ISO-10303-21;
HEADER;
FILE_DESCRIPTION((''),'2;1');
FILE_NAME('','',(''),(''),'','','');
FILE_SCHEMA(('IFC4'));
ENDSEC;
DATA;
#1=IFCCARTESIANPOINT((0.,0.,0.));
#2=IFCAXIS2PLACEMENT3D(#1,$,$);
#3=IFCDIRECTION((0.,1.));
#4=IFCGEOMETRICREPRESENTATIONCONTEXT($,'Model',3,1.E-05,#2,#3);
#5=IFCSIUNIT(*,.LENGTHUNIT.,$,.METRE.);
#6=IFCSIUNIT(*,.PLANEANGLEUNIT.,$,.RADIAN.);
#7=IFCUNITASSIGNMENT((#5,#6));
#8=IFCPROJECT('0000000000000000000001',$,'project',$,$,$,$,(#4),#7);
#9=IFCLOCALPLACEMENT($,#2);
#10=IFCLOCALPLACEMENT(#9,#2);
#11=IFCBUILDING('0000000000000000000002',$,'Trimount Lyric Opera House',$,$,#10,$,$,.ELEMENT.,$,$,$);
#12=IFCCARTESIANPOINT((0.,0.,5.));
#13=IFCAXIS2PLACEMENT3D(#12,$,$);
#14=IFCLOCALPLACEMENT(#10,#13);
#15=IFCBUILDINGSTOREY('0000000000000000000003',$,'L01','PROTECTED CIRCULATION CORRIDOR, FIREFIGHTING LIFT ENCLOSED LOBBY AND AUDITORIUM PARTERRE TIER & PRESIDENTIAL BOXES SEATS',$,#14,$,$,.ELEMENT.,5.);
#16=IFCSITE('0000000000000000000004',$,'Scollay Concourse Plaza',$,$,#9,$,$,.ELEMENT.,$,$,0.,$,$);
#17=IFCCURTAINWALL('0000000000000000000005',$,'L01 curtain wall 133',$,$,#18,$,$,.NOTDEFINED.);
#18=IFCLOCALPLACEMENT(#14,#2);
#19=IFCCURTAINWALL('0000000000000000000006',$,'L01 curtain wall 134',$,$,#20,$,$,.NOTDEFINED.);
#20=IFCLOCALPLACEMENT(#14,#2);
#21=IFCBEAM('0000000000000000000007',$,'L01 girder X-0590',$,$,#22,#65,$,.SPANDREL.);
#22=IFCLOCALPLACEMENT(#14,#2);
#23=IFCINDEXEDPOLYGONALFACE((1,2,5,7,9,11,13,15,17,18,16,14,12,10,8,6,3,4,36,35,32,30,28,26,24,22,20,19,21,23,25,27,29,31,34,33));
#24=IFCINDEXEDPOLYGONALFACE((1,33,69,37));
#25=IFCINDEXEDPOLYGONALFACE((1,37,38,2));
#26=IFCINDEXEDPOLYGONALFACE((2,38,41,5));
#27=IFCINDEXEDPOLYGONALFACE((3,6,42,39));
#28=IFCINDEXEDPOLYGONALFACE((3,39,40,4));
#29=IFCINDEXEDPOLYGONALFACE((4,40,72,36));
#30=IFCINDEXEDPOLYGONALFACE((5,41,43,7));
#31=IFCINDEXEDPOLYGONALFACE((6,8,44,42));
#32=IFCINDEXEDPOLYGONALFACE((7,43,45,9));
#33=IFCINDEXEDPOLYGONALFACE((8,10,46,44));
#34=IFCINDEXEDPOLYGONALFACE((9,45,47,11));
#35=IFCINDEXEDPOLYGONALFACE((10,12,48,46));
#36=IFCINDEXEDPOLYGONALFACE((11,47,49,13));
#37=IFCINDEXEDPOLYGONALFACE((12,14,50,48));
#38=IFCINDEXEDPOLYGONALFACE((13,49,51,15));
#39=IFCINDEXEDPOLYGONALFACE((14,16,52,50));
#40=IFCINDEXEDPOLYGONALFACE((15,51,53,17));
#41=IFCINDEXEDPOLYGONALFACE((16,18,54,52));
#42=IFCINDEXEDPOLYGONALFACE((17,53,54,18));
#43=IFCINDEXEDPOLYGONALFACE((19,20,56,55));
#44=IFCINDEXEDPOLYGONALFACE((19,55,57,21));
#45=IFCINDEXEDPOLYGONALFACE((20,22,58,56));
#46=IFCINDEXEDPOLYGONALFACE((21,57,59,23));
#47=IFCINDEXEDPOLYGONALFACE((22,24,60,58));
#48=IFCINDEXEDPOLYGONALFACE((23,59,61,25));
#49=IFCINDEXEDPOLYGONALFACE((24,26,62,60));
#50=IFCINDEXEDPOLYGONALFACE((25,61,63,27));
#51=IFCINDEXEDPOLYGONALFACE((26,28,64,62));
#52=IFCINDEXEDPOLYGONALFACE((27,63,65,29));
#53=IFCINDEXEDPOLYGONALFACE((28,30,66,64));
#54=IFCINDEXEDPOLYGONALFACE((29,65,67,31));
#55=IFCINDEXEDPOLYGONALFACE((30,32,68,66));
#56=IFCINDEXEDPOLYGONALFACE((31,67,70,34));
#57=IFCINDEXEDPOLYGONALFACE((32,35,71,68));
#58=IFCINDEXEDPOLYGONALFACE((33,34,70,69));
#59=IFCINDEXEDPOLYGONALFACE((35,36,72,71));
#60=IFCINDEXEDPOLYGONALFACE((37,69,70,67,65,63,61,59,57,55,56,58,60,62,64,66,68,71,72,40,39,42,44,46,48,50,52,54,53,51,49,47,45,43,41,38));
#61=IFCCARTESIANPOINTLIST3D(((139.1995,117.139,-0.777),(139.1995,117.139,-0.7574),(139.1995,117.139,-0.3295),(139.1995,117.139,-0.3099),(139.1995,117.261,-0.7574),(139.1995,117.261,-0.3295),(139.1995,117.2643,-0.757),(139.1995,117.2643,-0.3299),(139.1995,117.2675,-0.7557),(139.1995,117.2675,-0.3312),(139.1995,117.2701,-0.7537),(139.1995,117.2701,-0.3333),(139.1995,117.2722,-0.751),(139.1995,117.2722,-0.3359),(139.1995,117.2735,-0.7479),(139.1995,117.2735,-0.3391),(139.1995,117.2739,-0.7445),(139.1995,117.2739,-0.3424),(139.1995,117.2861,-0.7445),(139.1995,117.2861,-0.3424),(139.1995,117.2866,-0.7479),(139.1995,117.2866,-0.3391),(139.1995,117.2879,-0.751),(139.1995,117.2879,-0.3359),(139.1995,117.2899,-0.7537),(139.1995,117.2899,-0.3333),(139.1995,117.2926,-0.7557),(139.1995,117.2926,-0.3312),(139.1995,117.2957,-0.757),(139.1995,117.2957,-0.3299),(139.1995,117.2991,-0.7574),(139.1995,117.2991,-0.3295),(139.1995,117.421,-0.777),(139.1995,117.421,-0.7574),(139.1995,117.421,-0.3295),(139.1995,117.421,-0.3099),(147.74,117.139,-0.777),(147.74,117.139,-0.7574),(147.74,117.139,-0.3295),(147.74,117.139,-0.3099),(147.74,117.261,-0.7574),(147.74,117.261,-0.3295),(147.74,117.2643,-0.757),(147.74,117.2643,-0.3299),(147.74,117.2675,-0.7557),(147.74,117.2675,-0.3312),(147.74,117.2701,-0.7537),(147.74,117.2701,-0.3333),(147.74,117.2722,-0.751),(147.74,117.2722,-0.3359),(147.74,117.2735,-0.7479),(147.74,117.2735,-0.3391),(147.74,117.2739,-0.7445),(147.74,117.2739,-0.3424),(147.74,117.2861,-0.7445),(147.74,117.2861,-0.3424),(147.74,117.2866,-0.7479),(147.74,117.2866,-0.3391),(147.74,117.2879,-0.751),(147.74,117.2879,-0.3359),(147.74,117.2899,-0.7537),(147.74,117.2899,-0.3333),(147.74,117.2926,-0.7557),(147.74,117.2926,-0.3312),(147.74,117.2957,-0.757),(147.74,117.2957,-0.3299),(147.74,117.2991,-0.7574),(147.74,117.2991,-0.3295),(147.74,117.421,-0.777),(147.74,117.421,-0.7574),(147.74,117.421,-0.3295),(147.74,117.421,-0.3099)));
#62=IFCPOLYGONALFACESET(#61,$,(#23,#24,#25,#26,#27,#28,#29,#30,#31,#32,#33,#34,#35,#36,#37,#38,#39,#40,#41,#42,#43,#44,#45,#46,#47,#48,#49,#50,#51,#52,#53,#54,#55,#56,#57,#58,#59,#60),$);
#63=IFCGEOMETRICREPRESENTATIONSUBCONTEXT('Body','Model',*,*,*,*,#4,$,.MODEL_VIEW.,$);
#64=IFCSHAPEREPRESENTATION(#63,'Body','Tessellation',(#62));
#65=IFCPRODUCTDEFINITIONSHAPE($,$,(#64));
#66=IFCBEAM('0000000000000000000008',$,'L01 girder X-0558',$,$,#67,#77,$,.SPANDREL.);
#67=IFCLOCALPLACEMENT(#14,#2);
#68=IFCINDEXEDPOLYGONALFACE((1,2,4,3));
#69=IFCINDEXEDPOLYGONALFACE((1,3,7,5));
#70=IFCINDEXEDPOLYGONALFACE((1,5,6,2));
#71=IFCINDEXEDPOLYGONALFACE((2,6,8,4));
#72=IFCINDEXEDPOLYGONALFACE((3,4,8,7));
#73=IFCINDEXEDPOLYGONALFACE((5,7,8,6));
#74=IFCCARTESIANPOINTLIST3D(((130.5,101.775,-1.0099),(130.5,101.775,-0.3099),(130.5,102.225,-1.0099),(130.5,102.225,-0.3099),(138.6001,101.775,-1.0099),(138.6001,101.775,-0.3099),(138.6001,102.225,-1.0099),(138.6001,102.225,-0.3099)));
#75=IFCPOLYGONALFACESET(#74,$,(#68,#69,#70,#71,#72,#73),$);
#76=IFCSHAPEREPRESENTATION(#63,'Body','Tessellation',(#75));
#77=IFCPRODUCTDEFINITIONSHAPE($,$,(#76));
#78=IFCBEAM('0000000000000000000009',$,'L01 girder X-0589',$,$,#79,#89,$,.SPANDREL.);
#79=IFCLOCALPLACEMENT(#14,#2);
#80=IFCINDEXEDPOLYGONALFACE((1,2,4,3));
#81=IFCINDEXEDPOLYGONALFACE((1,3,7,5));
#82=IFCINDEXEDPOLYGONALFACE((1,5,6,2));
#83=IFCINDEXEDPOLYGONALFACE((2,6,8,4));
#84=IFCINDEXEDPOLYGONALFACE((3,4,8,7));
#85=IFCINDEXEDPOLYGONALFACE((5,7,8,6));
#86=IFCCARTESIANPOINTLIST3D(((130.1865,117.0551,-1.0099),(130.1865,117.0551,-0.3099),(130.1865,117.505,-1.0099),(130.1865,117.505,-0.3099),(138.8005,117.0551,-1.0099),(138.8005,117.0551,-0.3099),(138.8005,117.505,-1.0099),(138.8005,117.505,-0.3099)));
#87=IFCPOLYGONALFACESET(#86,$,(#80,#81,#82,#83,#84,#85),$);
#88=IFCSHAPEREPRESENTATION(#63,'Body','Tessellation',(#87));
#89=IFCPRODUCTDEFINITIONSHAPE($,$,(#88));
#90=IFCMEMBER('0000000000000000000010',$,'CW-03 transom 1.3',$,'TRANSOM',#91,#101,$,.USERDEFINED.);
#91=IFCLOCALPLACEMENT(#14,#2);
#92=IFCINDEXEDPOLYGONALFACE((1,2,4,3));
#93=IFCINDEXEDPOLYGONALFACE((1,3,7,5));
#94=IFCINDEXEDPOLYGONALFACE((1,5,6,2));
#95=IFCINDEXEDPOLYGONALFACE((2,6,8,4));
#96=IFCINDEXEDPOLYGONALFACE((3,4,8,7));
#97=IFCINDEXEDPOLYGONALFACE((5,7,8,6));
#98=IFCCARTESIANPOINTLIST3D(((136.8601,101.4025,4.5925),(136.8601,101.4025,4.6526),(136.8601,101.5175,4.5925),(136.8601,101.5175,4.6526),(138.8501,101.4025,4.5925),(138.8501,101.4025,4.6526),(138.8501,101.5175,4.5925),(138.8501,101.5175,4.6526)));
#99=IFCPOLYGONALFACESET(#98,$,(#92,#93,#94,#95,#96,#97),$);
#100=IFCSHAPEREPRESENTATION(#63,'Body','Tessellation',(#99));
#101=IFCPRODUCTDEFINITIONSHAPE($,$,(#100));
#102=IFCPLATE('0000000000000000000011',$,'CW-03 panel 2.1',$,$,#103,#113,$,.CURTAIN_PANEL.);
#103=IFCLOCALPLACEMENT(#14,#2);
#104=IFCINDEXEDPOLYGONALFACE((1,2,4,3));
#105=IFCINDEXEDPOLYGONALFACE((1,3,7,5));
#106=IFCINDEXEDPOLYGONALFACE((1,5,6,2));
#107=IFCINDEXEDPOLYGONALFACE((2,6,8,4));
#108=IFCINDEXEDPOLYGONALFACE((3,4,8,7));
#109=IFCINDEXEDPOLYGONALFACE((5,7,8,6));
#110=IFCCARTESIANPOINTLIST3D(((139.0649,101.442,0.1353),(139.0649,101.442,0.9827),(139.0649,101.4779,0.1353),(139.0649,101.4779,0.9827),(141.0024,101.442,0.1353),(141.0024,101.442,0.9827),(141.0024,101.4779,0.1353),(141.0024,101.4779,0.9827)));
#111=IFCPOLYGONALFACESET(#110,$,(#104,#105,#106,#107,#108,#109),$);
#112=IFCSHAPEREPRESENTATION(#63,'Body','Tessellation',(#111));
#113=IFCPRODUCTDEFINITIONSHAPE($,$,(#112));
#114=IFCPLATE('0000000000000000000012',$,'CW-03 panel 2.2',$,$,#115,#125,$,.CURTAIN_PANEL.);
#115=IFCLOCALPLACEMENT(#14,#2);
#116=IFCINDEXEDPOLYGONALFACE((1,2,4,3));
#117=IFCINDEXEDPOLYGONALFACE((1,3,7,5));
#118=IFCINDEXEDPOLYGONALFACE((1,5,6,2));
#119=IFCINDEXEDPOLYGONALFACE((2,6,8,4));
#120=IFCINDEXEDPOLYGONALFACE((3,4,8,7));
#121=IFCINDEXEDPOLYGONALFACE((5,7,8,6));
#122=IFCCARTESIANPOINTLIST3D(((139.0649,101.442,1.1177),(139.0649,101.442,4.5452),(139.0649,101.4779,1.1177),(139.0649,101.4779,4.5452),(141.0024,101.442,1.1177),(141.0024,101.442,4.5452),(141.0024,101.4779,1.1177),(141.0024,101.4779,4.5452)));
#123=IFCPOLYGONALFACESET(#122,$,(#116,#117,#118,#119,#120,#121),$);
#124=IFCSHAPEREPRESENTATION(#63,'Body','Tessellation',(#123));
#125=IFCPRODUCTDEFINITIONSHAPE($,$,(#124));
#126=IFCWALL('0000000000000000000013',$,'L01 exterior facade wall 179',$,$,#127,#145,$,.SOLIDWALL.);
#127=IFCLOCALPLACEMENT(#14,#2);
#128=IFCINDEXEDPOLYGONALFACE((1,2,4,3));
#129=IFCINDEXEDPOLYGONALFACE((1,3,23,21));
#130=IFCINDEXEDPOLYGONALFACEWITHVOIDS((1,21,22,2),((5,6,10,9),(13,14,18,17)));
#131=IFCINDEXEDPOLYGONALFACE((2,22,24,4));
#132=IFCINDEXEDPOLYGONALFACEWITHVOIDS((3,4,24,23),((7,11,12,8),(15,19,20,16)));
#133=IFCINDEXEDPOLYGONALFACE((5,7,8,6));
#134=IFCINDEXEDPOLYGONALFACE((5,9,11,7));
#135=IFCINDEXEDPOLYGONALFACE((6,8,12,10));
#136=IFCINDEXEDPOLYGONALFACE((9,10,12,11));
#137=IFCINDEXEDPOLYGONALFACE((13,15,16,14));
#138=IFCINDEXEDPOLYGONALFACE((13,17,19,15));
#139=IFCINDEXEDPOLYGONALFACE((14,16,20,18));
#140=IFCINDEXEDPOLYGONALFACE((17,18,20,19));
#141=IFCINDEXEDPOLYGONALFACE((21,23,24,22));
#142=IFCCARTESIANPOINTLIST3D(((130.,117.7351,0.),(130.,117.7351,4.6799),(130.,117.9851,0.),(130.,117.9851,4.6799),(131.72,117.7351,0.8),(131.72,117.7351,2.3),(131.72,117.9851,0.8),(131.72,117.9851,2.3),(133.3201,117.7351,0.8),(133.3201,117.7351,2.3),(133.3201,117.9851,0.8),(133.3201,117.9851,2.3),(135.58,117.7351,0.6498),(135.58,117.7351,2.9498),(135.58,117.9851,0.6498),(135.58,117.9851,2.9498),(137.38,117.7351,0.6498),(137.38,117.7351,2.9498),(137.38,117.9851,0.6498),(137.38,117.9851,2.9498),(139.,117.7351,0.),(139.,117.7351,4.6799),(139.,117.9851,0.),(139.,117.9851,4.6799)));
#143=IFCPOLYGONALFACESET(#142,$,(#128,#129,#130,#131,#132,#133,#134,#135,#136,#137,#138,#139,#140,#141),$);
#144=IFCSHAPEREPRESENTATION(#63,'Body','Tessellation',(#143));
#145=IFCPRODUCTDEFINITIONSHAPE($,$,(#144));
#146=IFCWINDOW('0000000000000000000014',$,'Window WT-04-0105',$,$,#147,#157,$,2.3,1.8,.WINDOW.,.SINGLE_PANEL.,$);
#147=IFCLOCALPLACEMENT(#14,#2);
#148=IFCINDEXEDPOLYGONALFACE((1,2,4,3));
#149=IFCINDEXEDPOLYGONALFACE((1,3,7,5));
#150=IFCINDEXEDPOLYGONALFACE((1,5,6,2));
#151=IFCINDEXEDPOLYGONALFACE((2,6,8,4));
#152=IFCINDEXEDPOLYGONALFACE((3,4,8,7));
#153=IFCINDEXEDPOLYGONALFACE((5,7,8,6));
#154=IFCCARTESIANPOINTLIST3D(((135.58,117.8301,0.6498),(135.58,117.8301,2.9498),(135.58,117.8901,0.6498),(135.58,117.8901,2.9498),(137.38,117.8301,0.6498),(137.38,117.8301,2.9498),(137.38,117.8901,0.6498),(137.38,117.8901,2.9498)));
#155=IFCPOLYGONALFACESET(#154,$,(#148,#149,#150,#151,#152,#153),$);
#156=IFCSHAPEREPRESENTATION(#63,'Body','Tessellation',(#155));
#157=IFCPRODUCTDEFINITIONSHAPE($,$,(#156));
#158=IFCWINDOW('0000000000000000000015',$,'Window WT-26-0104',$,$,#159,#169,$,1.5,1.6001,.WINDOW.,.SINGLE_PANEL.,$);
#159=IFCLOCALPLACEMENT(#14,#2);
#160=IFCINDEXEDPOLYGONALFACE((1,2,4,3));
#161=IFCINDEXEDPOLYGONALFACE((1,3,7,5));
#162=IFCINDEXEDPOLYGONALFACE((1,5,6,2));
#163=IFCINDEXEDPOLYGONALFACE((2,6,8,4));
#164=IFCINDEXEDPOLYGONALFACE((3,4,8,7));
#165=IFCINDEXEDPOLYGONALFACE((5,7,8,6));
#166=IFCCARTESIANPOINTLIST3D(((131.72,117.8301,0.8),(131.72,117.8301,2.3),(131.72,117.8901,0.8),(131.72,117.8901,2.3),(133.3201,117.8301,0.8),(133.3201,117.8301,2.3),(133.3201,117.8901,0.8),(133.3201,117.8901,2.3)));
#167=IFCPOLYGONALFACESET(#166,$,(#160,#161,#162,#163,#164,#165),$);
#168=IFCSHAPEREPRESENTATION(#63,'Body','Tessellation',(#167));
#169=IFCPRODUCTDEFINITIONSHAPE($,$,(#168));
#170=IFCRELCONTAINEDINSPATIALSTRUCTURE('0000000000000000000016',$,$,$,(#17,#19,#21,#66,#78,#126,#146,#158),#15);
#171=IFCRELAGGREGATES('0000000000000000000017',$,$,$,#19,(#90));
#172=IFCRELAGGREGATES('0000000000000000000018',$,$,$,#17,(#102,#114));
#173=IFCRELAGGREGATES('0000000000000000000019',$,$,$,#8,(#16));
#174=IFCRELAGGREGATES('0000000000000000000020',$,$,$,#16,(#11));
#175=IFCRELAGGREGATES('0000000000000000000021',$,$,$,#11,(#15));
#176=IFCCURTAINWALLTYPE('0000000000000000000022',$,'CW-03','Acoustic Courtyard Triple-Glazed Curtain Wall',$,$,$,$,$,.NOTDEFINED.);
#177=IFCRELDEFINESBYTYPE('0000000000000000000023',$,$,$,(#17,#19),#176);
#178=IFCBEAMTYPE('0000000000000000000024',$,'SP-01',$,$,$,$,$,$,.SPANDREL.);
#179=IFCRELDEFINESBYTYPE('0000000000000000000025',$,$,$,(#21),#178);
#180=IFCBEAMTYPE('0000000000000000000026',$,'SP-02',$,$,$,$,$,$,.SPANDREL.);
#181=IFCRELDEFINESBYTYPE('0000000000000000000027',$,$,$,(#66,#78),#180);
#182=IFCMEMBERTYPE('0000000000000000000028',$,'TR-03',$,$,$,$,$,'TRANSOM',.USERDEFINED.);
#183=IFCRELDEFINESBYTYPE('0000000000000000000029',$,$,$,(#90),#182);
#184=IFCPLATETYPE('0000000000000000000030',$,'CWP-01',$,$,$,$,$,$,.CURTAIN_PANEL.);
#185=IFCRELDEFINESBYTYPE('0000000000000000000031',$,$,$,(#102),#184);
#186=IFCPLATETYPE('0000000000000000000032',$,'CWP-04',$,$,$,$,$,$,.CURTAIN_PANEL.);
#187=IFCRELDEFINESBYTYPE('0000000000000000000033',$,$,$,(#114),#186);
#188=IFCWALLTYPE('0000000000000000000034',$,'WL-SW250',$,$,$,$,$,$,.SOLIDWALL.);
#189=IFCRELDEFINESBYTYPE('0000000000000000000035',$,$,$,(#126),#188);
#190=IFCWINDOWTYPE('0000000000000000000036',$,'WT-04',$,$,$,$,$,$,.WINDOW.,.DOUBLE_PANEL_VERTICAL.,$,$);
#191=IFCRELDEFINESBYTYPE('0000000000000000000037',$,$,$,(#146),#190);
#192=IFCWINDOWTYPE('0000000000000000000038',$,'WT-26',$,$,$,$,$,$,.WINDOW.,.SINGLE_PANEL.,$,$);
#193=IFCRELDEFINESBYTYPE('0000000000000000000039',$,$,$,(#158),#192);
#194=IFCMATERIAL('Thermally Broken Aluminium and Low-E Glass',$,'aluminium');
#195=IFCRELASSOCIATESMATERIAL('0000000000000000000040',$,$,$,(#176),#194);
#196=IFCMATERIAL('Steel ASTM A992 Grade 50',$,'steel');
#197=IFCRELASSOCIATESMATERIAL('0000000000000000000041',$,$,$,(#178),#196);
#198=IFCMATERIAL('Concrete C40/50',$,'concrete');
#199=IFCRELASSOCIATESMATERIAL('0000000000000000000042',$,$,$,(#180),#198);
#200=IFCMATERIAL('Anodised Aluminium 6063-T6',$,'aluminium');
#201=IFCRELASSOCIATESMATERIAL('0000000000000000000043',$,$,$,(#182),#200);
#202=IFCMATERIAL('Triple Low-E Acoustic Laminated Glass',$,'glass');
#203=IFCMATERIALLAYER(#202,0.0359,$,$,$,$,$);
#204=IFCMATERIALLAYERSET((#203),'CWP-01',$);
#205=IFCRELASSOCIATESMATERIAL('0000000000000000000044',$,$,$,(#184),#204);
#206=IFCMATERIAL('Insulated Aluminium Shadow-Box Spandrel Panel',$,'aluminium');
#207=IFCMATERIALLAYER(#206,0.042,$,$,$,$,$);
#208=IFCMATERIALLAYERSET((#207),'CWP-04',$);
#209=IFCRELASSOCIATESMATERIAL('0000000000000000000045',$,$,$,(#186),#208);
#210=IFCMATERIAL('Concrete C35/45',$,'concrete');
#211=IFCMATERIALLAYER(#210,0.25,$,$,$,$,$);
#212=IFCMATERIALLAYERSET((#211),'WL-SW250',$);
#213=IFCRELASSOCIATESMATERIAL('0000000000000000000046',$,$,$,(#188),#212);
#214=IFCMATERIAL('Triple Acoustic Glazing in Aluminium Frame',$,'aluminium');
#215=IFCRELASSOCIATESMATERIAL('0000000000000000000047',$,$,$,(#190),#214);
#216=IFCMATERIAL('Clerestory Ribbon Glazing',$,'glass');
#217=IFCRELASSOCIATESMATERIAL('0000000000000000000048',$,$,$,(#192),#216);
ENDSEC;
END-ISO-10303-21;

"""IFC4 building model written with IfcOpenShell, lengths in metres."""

from ifc_helpers import new_model, si_unit, direction, frame, frame_2d, origin, origin_2d, place, context, subcontext, project, spatial, rectangle, i_section, extrude, material, layer, layer_set, material_profile, profile_set, type_object, element, fill, aggregate, save


model = new_model("IFC4")

# Units and contexts
model_context = context("Model", 3, precision=1e-05, world=origin(), true_north=direction((0.0, 1.0)))
body_context = subcontext(model_context, "Body", "Model", "MODEL_VIEW")
ifc_project = project(units=[si_unit("LENGTHUNIT", "METRE"), si_unit("PLANEANGLEUNIT", "RADIAN")], contexts=[model_context])

# Site, building, storey
site_placement = place(None, origin())
site = spatial("IfcSite", under=ifc_project, at=site_placement, Name="Scollay Concourse Plaza", CompositionType="ELEMENT", RefElevation=0.0)
building_placement = place(site_placement, origin())
building = spatial("IfcBuilding", under=site, at=building_placement, Name="Trimount Lyric Opera House", CompositionType="ELEMENT")
storey_placement = place(building_placement, frame((0.0, 0.0, 5.0)))
storey = spatial("IfcBuildingStorey", under=building, at=storey_placement, Name="L01", Description="PROTECTED CIRCULATION CORRIDOR, FIREFIGHTING LIFT ENCLOSED LOBBY AND AUDITORIUM PARTERRE TIER & PRESIDENTIAL BOXES SEATS", CompositionType="ELEMENT", Elevation=5.0)

# Curtain walls
ifc_material_1 = material(Name="Thermally Broken Aluminium and Low-E Glass", Category="aluminium")
curtain_wall_type = type_object("IfcCurtainWallType", Name="CW-03", Description="Acoustic Courtyard Triple-Glazed Curtain Wall", PredefinedType="NOTDEFINED", material=ifc_material_1)
curtain_wall_1_placement = place(storey_placement, origin())
curtain_wall_1 = element("IfcCurtainWall", 1, at=curtain_wall_1_placement, inside=storey, type_object=curtain_wall_type, Name="L01 curtain wall 133", PredefinedType="NOTDEFINED")
curtain_wall_2_placement = place(storey_placement, origin())
curtain_wall_2 = element("IfcCurtainWall", 2, at=curtain_wall_2_placement, inside=storey, type_object=curtain_wall_type, Name="L01 curtain wall 134", PredefinedType="NOTDEFINED")

# Beams
ifc_material_2 = material(Name="Steel ASTM A992 Grade 50", Category="steel")
ifc_material_profile_1 = material_profile(ifc_material_2, i_section(OverallWidth=0.282, OverallDepth=0.467, WebThickness=0.0122, FlangeThickness=0.0195, FilletRadius=0.0129, at=origin_2d()), Name="W18X86")
ifc_profile_set_1 = profile_set([ifc_material_profile_1], Name="Steel ASTM A992 Grade 50")
beam_type_1 = type_object("IfcBeamType", Name="SP-01", PredefinedType="SPANDREL", material=ifc_profile_set_1)
beam_1_placement = place(storey_placement, frame((139.1995, 117.28, -0.5435), z_axis=(1.0, 0.0, 0.0), x_axis=(0.0, 1.0, 0.0)))
element("IfcBeam", 3, at=beam_1_placement, inside=storey, type_object=beam_type_1, Name="L01 girder X-0590", PredefinedType="SPANDREL", context=body_context, shape_type="SweptSolid", body=[
    extrude(i_section(OverallWidth=0.282, OverallDepth=0.467, WebThickness=0.0122, FlangeThickness=0.0195, FilletRadius=0.0129, at=origin_2d()), origin(), (0.0, 0.0, 1.0), 8.5405),
])
ifc_material_3 = material(Name="Concrete C40/50", Category="concrete")
ifc_material_profile_2 = material_profile(ifc_material_3, rectangle(XDim=0.45, YDim=0.7, at=origin_2d()), Name="RC450X700")
ifc_profile_set_2 = profile_set([ifc_material_profile_2], Name="Concrete C40/50")
beam_type_2 = type_object("IfcBeamType", Name="SP-02", PredefinedType="SPANDREL", material=ifc_profile_set_2)
beam_2_placement = place(storey_placement, frame((130.5, 102.0, -0.6599), z_axis=(1.0, 0.0, 0.0), x_axis=(0.0, 1.0, 0.0)))
element("IfcBeam", 4, at=beam_2_placement, inside=storey, type_object=beam_type_2, Name="L01 girder X-0558", PredefinedType="SPANDREL", context=body_context, shape_type="SweptSolid", body=[
    extrude(rectangle(XDim=0.45, YDim=0.7, at=origin_2d()), origin(), (0.0, 0.0, 1.0), 8.1001),
])
beam_3_placement = place(storey_placement, frame((130.1865, 117.28, -0.6599), z_axis=(1.0, 0.0, 0.0), x_axis=(0.0, 1.0, 0.0)))
element("IfcBeam", 5, at=beam_3_placement, inside=storey, type_object=beam_type_2, Name="L01 girder X-0589", PredefinedType="SPANDREL", context=body_context, shape_type="SweptSolid", body=[
    extrude(rectangle(XDim=0.45, YDim=0.7, at=origin_2d()), origin(), (0.0, 0.0, 1.0), 8.614),
])

# Member
ifc_material_4 = material(Name="Anodised Aluminium 6063-T6", Category="aluminium")
ifc_material_profile_3 = material_profile(ifc_material_4, rectangle(XDim=0.115, YDim=0.0601, at=origin_2d()), Name="ALU-TRAN-60X115")
ifc_profile_set_3 = profile_set([ifc_material_profile_3], Name="Anodised Aluminium 6063-T6")
member_type_1 = type_object("IfcMemberType", Name="TR-03", ElementType="TRANSOM", PredefinedType="USERDEFINED", material=ifc_profile_set_3)
member_1_placement = place(storey_placement, frame((138.8501, 101.46, 4.6226), z_axis=(-1.0, 0.0, 0.0), x_axis=(0.0, -1.0, 0.0)))
member_1 = element("IfcMember", 6, at=member_1_placement, type_object=member_type_1, Name="CW-03 transom 1.3", ObjectType="TRANSOM", PredefinedType="USERDEFINED", context=body_context, shape_type="SweptSolid", body=[
    extrude(rectangle(XDim=0.115, YDim=0.0601, at=origin_2d()), origin(), (0.0, 0.0, 1.0), 1.99),
])
aggregate(curtain_wall_2, [member_1])

# Plates
ifc_material_5 = material(Name="Triple Low-E Acoustic Laminated Glass", Category="glass")
ifc_layer_1 = layer(ifc_material_5, 0.0359)
ifc_layer_set_1 = layer_set([ifc_layer_1], Name="CWP-01")
plate_type_1 = type_object("IfcPlateType", Name="CWP-01", PredefinedType="CURTAIN_PANEL", material=ifc_layer_set_1)
plate_1_placement = place(storey_placement, frame((140.0337, 101.46, 0.1353), z_axis=(0.0, 0.0, 1.0), x_axis=(-1.0, 0.0, 0.0)))
plate_1 = element("IfcPlate", 7, at=plate_1_placement, type_object=plate_type_1, Name="CW-03 panel 2.1", PredefinedType="CURTAIN_PANEL", context=body_context, shape_type="SweptSolid", body=[
    extrude(rectangle(XDim=1.9375, YDim=0.0359, at=origin_2d()), origin(), (0.0, 0.0, 1.0), 0.8474),
])
ifc_material_6 = material(Name="Insulated Aluminium Shadow-Box Spandrel Panel", Category="aluminium")
ifc_layer_2 = layer(ifc_material_6, 0.042)
ifc_layer_set_2 = layer_set([ifc_layer_2], Name="CWP-04")
plate_type_2 = type_object("IfcPlateType", Name="CWP-04", PredefinedType="CURTAIN_PANEL", material=ifc_layer_set_2)
plate_2_placement = place(storey_placement, frame((140.0337, 101.46, 1.1177), z_axis=(0.0, 0.0, 1.0), x_axis=(-1.0, 0.0, 0.0)))
plate_2 = element("IfcPlate", 8, at=plate_2_placement, type_object=plate_type_2, Name="CW-03 panel 2.2", PredefinedType="CURTAIN_PANEL", context=body_context, shape_type="SweptSolid", body=[
    extrude(rectangle(XDim=1.9375, YDim=0.0359, at=origin_2d()), origin(), (0.0, 0.0, 1.0), 3.4275),
])
aggregate(curtain_wall_1, [plate_1, plate_2])

# Wall, openings, windows
ifc_material_7 = material(Name="Concrete C35/45", Category="concrete")
ifc_layer_3 = layer(ifc_material_7, 0.25)
ifc_layer_set_3 = layer_set([ifc_layer_3], Name="WL-SW250")
wall_type = type_object("IfcWallType", Name="WL-SW250", PredefinedType="SOLIDWALL", material=ifc_layer_set_3)
wall_1_placement = place(storey_placement, frame((130.0, 117.8601, 0.0), z_axis=(0.0, 0.0, 1.0), x_axis=(1.0, 0.0, 0.0)))
wall_1 = element("IfcWall", 9, at=wall_1_placement, inside=storey, type_object=wall_type, Name="L01 exterior facade wall 179", PredefinedType="SOLIDWALL", context=body_context, shape_type="SweptSolid", body=[
    extrude(rectangle(XDim=9.0, YDim=0.25, at=frame_2d((4.5, 0.0))), origin(), (0.0, 0.0, 1.0), 4.6799),
])
opening_1_placement = place(wall_1_placement, frame((1.72, 0.0, 0.8)))
opening_1 = element("IfcOpeningElement", 10, at=opening_1_placement, cuts=wall_1, PredefinedType="OPENING", context=body_context, shape_type="SweptSolid", body=[
    extrude(rectangle(XDim=1.6001, YDim=1.5, at=frame_2d((0.8, 0.75))), frame((0.0, 0.135, 0.0), z_axis=(0.0, -1.0, 0.0), x_axis=(1.0, 0.0, 0.0)), (0.0, 0.0, 1.0), 0.27),
])
opening_2_placement = place(wall_1_placement, frame((5.5801, 0.0, 0.6499)))
opening_2 = element("IfcOpeningElement", 11, at=opening_2_placement, cuts=wall_1, PredefinedType="OPENING", context=body_context, shape_type="SweptSolid", body=[
    extrude(rectangle(XDim=1.8, YDim=2.3, at=frame_2d((0.8999, 1.1499))), frame((0.0, 0.135, 0.0), z_axis=(0.0, -1.0, 0.0), x_axis=(1.0, 0.0, 0.0)), (0.0, 0.0, 1.0), 0.27),
])
ifc_material_8 = material(Name="Triple Acoustic Glazing in Aluminium Frame", Category="aluminium")
window_type_1 = type_object("IfcWindowType", Name="WT-04", PartitioningType="DOUBLE_PANEL_VERTICAL", PredefinedType="WINDOW", material=ifc_material_8)
window_1_placement = place(opening_2_placement, origin())
window_1 = element("IfcWindow", 12, at=window_1_placement, inside=storey, type_object=window_type_1, Name="Window WT-04-0105", OverallHeight=2.3, OverallWidth=1.8, PartitioningType="SINGLE_PANEL", PredefinedType="WINDOW", context=body_context, shape_type="SweptSolid", body=[
    extrude(rectangle(XDim=1.8, YDim=2.3, at=frame_2d((0.8999, 1.1499))), frame((0.0, 0.03, 0.0), z_axis=(0.0, -1.0, 0.0), x_axis=(1.0, 0.0, 0.0)), (0.0, 0.0, 1.0), 0.0601),
])
fill(opening_2, window_1)
ifc_material_9 = material(Name="Clerestory Ribbon Glazing", Category="glass")
window_type_2 = type_object("IfcWindowType", Name="WT-26", PartitioningType="SINGLE_PANEL", PredefinedType="WINDOW", material=ifc_material_9)
window_2_placement = place(opening_1_placement, origin())
window_2 = element("IfcWindow", 13, at=window_2_placement, inside=storey, type_object=window_type_2, Name="Window WT-26-0104", OverallHeight=1.5, OverallWidth=1.6001, PartitioningType="SINGLE_PANEL", PredefinedType="WINDOW", context=body_context, shape_type="SweptSolid", body=[
    extrude(rectangle(XDim=1.6001, YDim=1.5, at=frame_2d((0.8, 0.75))), frame((0.0, 0.03, 0.0), z_axis=(0.0, -1.0, 0.0), x_axis=(1.0, 0.0, 0.0)), (0.0, 0.0, 1.0), 0.0601),
])
fill(opening_1, window_2)

save(model, "model.ifc")
